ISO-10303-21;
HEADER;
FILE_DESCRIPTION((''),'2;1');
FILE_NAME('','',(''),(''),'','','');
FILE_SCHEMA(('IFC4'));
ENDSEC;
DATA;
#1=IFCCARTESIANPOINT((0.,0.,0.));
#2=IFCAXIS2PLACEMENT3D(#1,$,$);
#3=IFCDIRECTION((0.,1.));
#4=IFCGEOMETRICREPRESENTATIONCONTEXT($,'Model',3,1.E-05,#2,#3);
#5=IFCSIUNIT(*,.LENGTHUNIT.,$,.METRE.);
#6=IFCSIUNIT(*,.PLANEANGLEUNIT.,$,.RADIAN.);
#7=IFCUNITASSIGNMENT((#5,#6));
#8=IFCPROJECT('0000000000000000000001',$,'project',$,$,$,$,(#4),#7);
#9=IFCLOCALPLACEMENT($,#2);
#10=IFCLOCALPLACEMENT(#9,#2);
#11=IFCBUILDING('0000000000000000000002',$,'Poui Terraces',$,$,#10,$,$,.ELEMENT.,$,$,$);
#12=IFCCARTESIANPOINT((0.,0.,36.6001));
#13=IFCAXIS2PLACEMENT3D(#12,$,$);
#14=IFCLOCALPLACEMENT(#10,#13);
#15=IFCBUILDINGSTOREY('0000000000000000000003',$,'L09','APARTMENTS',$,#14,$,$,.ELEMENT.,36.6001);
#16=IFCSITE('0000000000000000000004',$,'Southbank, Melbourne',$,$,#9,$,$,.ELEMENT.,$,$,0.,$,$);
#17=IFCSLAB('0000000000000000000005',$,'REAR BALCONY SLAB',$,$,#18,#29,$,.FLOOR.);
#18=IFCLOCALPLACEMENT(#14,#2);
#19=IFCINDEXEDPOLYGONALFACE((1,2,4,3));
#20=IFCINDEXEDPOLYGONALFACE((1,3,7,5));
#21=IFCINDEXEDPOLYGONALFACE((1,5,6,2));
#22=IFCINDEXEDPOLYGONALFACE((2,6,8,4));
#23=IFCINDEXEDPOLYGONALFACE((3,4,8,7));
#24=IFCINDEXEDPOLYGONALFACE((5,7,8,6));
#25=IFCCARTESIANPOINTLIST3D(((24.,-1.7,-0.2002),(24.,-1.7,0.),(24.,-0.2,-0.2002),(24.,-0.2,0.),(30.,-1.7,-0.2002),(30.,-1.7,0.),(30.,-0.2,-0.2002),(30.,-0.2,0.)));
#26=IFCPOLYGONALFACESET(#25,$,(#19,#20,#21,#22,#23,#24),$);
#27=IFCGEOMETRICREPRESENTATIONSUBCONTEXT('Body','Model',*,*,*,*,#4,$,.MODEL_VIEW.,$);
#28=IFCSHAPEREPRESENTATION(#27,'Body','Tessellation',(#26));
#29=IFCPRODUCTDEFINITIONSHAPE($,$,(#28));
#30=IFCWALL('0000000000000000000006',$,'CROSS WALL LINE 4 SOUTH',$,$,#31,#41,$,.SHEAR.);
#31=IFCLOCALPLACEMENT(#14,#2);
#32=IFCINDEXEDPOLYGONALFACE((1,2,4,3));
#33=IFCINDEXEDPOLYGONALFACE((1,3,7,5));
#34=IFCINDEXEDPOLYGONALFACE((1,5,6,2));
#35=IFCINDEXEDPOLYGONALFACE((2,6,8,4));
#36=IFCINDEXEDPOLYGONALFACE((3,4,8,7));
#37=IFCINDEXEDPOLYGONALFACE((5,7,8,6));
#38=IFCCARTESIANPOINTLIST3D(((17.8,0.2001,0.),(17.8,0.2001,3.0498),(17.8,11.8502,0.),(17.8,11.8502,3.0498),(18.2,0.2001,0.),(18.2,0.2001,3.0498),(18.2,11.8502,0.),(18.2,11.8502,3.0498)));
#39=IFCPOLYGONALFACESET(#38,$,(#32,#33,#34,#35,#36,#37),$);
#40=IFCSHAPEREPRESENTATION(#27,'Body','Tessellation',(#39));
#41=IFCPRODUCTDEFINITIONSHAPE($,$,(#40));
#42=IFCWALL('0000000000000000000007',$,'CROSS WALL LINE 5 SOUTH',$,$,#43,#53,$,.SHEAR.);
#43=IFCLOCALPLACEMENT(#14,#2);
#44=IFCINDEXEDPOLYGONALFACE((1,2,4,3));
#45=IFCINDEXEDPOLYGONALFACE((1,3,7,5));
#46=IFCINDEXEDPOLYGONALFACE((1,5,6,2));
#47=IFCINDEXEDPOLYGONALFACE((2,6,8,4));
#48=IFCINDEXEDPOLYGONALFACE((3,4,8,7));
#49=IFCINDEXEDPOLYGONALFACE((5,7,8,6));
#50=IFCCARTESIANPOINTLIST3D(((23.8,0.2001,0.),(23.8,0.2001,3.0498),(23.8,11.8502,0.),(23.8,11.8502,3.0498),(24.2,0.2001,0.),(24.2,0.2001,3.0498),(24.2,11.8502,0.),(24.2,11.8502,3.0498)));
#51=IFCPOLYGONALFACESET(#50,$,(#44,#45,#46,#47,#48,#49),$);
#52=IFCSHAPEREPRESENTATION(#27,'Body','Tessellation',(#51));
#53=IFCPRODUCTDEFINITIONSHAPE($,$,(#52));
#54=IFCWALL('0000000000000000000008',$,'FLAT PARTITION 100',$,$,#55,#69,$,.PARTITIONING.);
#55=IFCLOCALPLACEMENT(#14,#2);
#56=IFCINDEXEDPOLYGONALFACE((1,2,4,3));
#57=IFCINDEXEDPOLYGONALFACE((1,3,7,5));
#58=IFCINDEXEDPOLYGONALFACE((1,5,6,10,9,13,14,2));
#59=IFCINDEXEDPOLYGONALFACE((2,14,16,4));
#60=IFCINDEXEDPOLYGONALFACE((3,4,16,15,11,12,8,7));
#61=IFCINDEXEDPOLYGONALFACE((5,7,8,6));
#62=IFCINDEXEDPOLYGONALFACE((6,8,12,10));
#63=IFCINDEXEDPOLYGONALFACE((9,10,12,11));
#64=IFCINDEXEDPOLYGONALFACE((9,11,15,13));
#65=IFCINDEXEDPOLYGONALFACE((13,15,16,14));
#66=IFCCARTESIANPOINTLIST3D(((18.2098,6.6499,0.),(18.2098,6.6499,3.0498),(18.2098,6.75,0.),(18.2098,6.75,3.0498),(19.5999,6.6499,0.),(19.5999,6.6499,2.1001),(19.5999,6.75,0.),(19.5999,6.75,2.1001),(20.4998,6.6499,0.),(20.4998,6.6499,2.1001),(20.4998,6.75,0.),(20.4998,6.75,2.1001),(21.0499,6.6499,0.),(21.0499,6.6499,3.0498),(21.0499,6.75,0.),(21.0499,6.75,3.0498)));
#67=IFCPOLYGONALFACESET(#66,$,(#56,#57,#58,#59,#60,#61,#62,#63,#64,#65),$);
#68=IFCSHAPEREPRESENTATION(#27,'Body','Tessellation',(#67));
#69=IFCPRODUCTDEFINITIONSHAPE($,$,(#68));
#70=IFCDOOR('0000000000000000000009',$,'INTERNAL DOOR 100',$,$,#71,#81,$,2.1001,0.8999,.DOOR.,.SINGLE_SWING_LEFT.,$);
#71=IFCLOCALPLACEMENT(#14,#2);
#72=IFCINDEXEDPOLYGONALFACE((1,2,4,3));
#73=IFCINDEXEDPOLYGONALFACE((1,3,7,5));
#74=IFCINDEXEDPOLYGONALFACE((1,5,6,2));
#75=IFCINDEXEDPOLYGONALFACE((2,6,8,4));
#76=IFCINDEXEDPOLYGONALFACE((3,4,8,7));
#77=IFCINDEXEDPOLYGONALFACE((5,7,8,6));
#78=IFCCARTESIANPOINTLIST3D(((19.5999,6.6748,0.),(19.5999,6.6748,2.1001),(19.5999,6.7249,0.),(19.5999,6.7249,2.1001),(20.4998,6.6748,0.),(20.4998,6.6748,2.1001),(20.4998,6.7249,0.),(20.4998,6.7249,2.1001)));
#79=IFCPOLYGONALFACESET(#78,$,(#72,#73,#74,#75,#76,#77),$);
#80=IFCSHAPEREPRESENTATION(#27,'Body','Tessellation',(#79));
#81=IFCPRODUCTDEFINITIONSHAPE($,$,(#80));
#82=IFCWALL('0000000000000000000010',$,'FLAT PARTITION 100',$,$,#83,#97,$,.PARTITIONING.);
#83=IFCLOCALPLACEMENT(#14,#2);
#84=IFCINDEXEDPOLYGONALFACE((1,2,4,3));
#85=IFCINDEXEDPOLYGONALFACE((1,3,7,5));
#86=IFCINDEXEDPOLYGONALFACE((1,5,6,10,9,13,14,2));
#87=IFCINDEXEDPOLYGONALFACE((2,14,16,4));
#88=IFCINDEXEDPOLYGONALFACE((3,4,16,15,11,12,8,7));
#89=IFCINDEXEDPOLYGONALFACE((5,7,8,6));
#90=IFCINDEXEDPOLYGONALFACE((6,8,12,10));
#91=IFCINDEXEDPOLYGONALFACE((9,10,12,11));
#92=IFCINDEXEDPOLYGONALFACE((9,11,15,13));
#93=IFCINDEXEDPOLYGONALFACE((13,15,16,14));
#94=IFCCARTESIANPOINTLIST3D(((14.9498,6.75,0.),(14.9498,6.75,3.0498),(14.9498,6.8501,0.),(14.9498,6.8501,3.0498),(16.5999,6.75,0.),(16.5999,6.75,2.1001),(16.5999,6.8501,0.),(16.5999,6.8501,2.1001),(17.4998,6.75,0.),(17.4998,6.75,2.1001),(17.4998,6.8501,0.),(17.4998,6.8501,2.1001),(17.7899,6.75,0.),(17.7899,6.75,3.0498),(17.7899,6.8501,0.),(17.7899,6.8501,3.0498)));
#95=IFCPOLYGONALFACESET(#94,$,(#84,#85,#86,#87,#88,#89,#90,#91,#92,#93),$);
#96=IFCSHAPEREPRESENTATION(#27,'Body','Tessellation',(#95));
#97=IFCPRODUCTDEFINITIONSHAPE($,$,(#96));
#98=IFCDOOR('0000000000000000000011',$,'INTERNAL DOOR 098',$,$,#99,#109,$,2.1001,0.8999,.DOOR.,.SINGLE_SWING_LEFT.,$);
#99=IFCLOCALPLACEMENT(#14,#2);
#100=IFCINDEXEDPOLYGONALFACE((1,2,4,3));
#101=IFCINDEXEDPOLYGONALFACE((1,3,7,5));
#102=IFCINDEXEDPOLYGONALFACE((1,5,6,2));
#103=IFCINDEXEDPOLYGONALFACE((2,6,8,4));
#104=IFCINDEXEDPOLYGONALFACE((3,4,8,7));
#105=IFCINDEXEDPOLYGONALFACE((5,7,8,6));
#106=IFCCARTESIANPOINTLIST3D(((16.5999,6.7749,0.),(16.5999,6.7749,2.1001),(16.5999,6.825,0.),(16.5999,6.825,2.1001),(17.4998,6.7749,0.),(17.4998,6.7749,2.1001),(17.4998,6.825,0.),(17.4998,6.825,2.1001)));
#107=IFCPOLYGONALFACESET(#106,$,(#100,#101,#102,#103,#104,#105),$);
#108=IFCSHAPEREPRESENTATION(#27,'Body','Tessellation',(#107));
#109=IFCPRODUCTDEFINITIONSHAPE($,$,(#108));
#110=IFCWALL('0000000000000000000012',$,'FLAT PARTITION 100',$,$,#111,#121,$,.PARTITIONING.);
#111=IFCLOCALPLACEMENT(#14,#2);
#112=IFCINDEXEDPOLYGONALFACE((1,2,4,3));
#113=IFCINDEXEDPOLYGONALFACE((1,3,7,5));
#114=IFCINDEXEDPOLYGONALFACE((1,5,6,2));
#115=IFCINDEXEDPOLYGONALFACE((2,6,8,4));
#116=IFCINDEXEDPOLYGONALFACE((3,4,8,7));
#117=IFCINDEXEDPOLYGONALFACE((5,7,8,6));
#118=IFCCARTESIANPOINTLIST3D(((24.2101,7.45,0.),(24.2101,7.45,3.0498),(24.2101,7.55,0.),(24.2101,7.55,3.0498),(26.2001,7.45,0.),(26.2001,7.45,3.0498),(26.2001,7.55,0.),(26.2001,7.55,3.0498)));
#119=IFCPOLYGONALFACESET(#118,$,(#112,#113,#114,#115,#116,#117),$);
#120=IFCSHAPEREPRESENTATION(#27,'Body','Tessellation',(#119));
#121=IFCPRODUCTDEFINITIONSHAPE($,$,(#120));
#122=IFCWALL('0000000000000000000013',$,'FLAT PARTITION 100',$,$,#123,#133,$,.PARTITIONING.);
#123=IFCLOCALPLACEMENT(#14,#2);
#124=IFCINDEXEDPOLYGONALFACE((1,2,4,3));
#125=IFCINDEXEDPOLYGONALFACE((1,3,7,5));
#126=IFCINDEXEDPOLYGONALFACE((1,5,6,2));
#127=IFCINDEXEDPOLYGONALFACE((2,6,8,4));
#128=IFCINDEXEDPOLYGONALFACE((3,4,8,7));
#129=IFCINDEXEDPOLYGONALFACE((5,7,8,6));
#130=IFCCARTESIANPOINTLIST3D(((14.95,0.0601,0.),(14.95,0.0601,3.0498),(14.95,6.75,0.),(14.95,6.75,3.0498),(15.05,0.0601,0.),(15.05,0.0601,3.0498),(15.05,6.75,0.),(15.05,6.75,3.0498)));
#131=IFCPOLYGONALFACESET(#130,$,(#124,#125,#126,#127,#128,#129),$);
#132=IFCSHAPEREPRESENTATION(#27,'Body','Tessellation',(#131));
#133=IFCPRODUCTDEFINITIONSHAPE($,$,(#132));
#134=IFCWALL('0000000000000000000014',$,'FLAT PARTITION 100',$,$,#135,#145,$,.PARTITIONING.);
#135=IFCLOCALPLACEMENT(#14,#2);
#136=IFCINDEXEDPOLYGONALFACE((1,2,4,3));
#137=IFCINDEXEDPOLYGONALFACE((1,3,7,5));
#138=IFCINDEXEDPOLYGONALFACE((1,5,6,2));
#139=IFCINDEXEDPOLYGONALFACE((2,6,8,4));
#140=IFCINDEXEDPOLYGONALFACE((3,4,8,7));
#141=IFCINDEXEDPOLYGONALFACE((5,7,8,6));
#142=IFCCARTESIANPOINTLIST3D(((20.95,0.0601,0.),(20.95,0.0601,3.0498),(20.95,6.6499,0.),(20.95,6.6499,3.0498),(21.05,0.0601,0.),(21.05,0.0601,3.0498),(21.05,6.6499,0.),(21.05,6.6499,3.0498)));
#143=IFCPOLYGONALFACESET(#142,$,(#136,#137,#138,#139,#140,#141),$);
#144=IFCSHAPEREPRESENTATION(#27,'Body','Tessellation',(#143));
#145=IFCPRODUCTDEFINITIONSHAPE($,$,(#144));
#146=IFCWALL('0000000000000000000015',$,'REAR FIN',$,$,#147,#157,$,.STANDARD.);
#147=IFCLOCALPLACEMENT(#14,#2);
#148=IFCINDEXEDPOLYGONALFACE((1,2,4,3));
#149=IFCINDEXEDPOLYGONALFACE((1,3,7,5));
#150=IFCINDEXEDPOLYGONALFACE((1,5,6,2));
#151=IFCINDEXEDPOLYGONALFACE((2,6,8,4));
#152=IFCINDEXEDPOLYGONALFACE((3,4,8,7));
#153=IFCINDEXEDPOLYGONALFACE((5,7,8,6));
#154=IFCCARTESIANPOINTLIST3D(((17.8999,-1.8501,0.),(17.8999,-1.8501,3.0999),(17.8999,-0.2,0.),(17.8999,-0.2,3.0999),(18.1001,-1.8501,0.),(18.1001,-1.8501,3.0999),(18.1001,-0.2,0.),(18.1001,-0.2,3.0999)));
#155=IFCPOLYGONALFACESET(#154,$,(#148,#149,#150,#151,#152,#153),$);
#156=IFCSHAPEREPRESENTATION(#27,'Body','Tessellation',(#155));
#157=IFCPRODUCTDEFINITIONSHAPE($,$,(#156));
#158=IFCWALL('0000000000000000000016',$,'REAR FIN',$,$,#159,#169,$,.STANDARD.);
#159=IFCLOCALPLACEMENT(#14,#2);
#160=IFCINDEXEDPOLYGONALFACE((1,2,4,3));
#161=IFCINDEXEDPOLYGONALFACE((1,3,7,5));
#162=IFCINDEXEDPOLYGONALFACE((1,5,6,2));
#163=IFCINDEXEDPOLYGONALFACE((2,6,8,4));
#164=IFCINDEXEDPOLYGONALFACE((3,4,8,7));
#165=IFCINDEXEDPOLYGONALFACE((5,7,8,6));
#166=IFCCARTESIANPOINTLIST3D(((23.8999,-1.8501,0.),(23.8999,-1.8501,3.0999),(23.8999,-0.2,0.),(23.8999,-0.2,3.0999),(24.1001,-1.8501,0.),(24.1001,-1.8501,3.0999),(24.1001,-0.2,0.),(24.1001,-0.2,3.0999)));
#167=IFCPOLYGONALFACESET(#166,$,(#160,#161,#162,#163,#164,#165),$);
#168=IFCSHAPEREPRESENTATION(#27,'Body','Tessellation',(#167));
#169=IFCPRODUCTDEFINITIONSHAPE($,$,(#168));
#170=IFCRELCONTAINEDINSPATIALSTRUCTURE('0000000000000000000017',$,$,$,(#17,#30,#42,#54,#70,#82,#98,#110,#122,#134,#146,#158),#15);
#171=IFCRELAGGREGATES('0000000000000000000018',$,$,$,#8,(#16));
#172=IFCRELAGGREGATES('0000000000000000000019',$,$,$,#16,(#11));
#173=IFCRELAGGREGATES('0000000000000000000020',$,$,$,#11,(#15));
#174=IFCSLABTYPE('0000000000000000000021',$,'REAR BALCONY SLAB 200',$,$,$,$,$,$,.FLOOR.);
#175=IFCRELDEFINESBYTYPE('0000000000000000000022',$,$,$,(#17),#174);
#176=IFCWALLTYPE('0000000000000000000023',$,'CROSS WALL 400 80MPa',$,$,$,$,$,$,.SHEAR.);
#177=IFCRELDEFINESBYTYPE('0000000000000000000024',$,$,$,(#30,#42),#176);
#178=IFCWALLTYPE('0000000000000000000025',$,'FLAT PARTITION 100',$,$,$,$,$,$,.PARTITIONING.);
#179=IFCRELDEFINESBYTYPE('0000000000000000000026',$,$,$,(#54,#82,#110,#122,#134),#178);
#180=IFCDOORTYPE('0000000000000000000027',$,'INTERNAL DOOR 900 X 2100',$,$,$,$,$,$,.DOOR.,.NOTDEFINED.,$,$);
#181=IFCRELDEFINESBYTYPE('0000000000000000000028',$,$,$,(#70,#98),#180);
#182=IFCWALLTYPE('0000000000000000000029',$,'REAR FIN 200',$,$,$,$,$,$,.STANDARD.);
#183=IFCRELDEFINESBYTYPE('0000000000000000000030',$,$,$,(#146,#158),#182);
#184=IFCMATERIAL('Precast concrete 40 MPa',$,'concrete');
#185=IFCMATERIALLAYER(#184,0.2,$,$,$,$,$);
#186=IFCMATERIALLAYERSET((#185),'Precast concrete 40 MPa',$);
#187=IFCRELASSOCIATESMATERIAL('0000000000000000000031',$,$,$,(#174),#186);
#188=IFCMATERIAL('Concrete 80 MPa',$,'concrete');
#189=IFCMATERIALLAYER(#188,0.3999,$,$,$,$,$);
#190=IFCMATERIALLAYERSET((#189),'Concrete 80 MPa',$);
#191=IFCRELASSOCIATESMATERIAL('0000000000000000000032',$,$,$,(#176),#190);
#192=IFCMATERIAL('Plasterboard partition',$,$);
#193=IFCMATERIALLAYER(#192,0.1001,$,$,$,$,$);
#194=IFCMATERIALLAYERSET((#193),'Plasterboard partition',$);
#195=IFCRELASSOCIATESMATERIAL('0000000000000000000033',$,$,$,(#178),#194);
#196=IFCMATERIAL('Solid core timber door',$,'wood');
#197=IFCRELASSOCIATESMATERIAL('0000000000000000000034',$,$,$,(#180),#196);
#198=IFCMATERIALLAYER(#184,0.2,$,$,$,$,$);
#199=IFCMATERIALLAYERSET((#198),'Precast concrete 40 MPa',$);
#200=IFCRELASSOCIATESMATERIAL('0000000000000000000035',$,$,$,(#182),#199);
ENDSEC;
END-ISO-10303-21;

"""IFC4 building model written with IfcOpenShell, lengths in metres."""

from ifc_helpers import new_model, si_unit, direction, frame, frame_2d, origin, place, context, subcontext, project, spatial, polyline, rectangle, outline, extrude, source, transform, mapped, material, layer, layer_set, type_object, element, fill, save


model = new_model("IFC4")

# Units and contexts
model_context = context("Model", 3, precision=1e-05, world=origin(), true_north=direction((0.0, 1.0)))
body_context = subcontext(model_context, "Body", "Model", "MODEL_VIEW")
ifc_project = project(units=[si_unit("LENGTHUNIT", "METRE"), si_unit("PLANEANGLEUNIT", "RADIAN")], contexts=[model_context])

# Site, building, storey
site_placement = place(None, origin())
site = spatial("IfcSite", under=ifc_project, at=site_placement, Name="Southbank, Melbourne", CompositionType="ELEMENT", RefElevation=0.0)
building_placement = place(site_placement, origin())
building = spatial("IfcBuilding", under=site, at=building_placement, Name="Poui Terraces", CompositionType="ELEMENT")
storey_placement = place(building_placement, frame((0.0, 0.0, 36.6001)))
storey = spatial("IfcBuildingStorey", under=building, at=storey_placement, Name="L09", Description="APARTMENTS", CompositionType="ELEMENT", Elevation=36.6001)

# Slab
ifc_material_1 = material(Name="Precast concrete 40 MPa", Category="concrete")
ifc_layer_1 = layer(ifc_material_1, 0.2)
ifc_layer_set_1 = layer_set([ifc_layer_1], Name="Precast concrete 40 MPa")
slab_type = type_object("IfcSlabType", Name="REAR BALCONY SLAB 200", PredefinedType="FLOOR", material=ifc_layer_set_1)
shared_shape_1 = source(origin(), body_context, "Body", "SweptSolid", [
    extrude(outline(polyline([(0.0, 0.0), (6.0, 0.0), (6.0, 1.5), (0.0, 1.5), (0.0, 0.0)])), origin(), (0.0, 0.0, 1.0), 0.2002),
])
slab_placement = place(storey_placement, frame((24.0, -1.7, -0.2002)))
element("IfcSlab", 1, at=slab_placement, inside=storey, type_object=slab_type, Name="REAR BALCONY SLAB", PredefinedType="FLOOR", context=body_context, shape_type="MappedRepresentation", body=[
    mapped(shared_shape_1, transform((0.0, 0.0, 0.0))),
])

# Walls
ifc_material_2 = material(Name="Concrete 80 MPa", Category="concrete")
ifc_layer_2 = layer(ifc_material_2, 0.3999)
ifc_layer_set_2 = layer_set([ifc_layer_2], Name="Concrete 80 MPa")
wall_type_1 = type_object("IfcWallType", Name="CROSS WALL 400 80MPa", PredefinedType="SHEAR", material=ifc_layer_set_2)
for number, where, z_axis, x_axis, name in (
    (2, (18.0, 0.2, 0.0), (0.0, 0.0, 1.0), (0.0, 1.0, 0.0), "CROSS WALL LINE 4 SOUTH"),
    (3, (24.0, 0.2, 0.0), (0.0, 0.0, 1.0), (0.0, 1.0, 0.0), "CROSS WALL LINE 5 SOUTH"),
):
    element("IfcWall", number, at=place(storey_placement, frame(where, z_axis=z_axis, x_axis=x_axis)), inside=storey, type_object=wall_type_1, Name=name, PredefinedType="SHEAR", context=body_context, shape_type="SweptSolid", body=[
        extrude(rectangle(XDim=11.6501, YDim=0.3999, at=frame_2d((5.8252, 0.0))), origin(), (0.0, 0.0, 1.0), 3.0498),
    ])

# Walls, openings, doors
ifc_material_3 = material(Name="Plasterboard partition")
ifc_layer_3 = layer(ifc_material_3, 0.1001)
ifc_layer_set_3 = layer_set([ifc_layer_3], Name="Plasterboard partition")
wall_type_2 = type_object("IfcWallType", Name="FLAT PARTITION 100", PredefinedType="PARTITIONING", material=ifc_layer_set_3)
wall_1_placement = place(storey_placement, frame((18.21, 6.7, 0.0), z_axis=(0.0, 0.0, 1.0), x_axis=(1.0, 0.0, 0.0)))
wall_1 = element("IfcWall", 4, at=wall_1_placement, inside=storey, type_object=wall_type_2, Name="FLAT PARTITION 100", PredefinedType="PARTITIONING", context=body_context, shape_type="SweptSolid", body=[
    extrude(rectangle(XDim=2.8401, YDim=0.1001, at=frame_2d((1.4199, 0.0))), origin(), (0.0, 0.0, 1.0), 3.0498),
])
opening_1_placement = place(wall_1_placement, frame((1.3899, 0.0, 0.0)))
opening_1 = element("IfcOpeningElement", 5, at=opening_1_placement, cuts=wall_1, PredefinedType="OPENING", context=body_context, shape_type="SweptSolid", body=[
    extrude(rectangle(XDim=0.8999, YDim=2.1001, at=frame_2d((0.45, 1.05))), frame((0.0, 0.0601, 0.0), z_axis=(0.0, -1.0, 0.0), x_axis=(1.0, 0.0, 0.0)), (0.0, 0.0, 1.0), 0.1201),
])
ifc_material_4 = material(Name="Solid core timber door", Category="wood")
door_type = type_object("IfcDoorType", Name="INTERNAL DOOR 900 X 2100", OperationType="NOTDEFINED", PredefinedType="DOOR", material=ifc_material_4)
door_1_placement = place(opening_1_placement, origin())
door_1 = element("IfcDoor", 6, at=door_1_placement, inside=storey, type_object=door_type, Name="INTERNAL DOOR 100", OperationType="SINGLE_SWING_LEFT", OverallHeight=2.1001, OverallWidth=0.8999, PredefinedType="DOOR", context=body_context, shape_type="SweptSolid", body=[
    extrude(rectangle(XDim=0.8999, YDim=2.1001, at=frame_2d((0.45, 1.05))), frame((0.0, 0.0249, 0.0), z_axis=(0.0, -1.0, 0.0), x_axis=(1.0, 0.0, 0.0)), (0.0, 0.0, 1.0), 0.05),
])
fill(opening_1, door_1)
wall_2_placement = place(storey_placement, frame((14.95, 6.8, 0.0), z_axis=(0.0, 0.0, 1.0), x_axis=(1.0, 0.0, 0.0)))
wall_2 = element("IfcWall", 7, at=wall_2_placement, inside=storey, type_object=wall_type_2, Name="FLAT PARTITION 100", PredefinedType="PARTITIONING", context=body_context, shape_type="SweptSolid", body=[
    extrude(rectangle(XDim=2.8401, YDim=0.1001, at=frame_2d((1.4199, 0.0))), origin(), (0.0, 0.0, 1.0), 3.0498),
])
opening_2_placement = place(wall_2_placement, frame((1.6499, 0.0, 0.0)))
opening_2 = element("IfcOpeningElement", 8, at=opening_2_placement, cuts=wall_2, PredefinedType="OPENING", context=body_context, shape_type="SweptSolid", body=[
    extrude(rectangle(XDim=0.8999, YDim=2.1001, at=frame_2d((0.45, 1.05))), frame((0.0, 0.0601, 0.0), z_axis=(0.0, -1.0, 0.0), x_axis=(1.0, 0.0, 0.0)), (0.0, 0.0, 1.0), 0.1201),
])
door_2_placement = place(opening_2_placement, origin())
door_2 = element("IfcDoor", 9, at=door_2_placement, inside=storey, type_object=door_type, Name="INTERNAL DOOR 098", OperationType="SINGLE_SWING_LEFT", OverallHeight=2.1001, OverallWidth=0.8999, PredefinedType="DOOR", context=body_context, shape_type="SweptSolid", body=[
    extrude(rectangle(XDim=0.8999, YDim=2.1001, at=frame_2d((0.45, 1.05))), frame((0.0, 0.0249, 0.0), z_axis=(0.0, -1.0, 0.0), x_axis=(1.0, 0.0, 0.0)), (0.0, 0.0, 1.0), 0.05),
])
fill(opening_2, door_2)

# Walls
wall_3_placement = place(storey_placement, frame((24.21, 7.5, 0.0), z_axis=(0.0, 0.0, 1.0), x_axis=(1.0, 0.0, 0.0)))
element("IfcWall", 10, at=wall_3_placement, inside=storey, type_object=wall_type_2, Name="FLAT PARTITION 100", PredefinedType="PARTITIONING", context=body_context, shape_type="SweptSolid", body=[
    extrude(rectangle(XDim=1.99, YDim=0.1001, at=frame_2d((0.9951, 0.0))), origin(), (0.0, 0.0, 1.0), 3.0498),
])
wall_4_placement = place(storey_placement, frame((15.0, 0.0601, 0.0), z_axis=(0.0, 0.0, 1.0), x_axis=(0.0, 1.0, 0.0)))
element("IfcWall", 11, at=wall_4_placement, inside=storey, type_object=wall_type_2, Name="FLAT PARTITION 100", PredefinedType="PARTITIONING", context=body_context, shape_type="SweptSolid", body=[
    extrude(rectangle(XDim=6.6899, YDim=0.1001, at=frame_2d((3.345, 0.0))), origin(), (0.0, 0.0, 1.0), 3.0498),
])
wall_5_placement = place(storey_placement, frame((21.0, 0.0601, 0.0), z_axis=(0.0, 0.0, 1.0), x_axis=(0.0, 1.0, 0.0)))
element("IfcWall", 12, at=wall_5_placement, inside=storey, type_object=wall_type_2, Name="FLAT PARTITION 100", PredefinedType="PARTITIONING", context=body_context, shape_type="SweptSolid", body=[
    extrude(rectangle(XDim=6.5898, YDim=0.1001, at=frame_2d((3.2949, 0.0))), origin(), (0.0, 0.0, 1.0), 3.0498),
])
ifc_layer_4 = layer(ifc_material_1, 0.2)
ifc_layer_set_4 = layer_set([ifc_layer_4], Name="Precast concrete 40 MPa")
wall_type_3 = type_object("IfcWallType", Name="REAR FIN 200", PredefinedType="STANDARD", material=ifc_layer_set_4)
shared_shape_2 = source(origin(), body_context, "Body", "SweptSolid", [
    extrude(outline(polyline([(0.0, 0.0), (0.2002, 0.0), (0.2002, 1.6501), (0.0, 1.6501), (0.0, 0.0)])), origin(), (0.0, 0.0, 1.0), 3.0999),
])
for number, where, name in (
    (13, (17.8999, -1.8501, 0.0), "REAR FIN"),
    (14, (23.8999, -1.8501, 0.0), "REAR FIN"),
):
    element("IfcWall", number, at=place(storey_placement, frame(where)), inside=storey, type_object=wall_type_3, Name=name, PredefinedType="STANDARD", context=body_context, shape_type="MappedRepresentation", body=[
        mapped(shared_shape_2, transform((0.0, 0.0, 0.0))),
    ])

save(model, "model.ifc")
